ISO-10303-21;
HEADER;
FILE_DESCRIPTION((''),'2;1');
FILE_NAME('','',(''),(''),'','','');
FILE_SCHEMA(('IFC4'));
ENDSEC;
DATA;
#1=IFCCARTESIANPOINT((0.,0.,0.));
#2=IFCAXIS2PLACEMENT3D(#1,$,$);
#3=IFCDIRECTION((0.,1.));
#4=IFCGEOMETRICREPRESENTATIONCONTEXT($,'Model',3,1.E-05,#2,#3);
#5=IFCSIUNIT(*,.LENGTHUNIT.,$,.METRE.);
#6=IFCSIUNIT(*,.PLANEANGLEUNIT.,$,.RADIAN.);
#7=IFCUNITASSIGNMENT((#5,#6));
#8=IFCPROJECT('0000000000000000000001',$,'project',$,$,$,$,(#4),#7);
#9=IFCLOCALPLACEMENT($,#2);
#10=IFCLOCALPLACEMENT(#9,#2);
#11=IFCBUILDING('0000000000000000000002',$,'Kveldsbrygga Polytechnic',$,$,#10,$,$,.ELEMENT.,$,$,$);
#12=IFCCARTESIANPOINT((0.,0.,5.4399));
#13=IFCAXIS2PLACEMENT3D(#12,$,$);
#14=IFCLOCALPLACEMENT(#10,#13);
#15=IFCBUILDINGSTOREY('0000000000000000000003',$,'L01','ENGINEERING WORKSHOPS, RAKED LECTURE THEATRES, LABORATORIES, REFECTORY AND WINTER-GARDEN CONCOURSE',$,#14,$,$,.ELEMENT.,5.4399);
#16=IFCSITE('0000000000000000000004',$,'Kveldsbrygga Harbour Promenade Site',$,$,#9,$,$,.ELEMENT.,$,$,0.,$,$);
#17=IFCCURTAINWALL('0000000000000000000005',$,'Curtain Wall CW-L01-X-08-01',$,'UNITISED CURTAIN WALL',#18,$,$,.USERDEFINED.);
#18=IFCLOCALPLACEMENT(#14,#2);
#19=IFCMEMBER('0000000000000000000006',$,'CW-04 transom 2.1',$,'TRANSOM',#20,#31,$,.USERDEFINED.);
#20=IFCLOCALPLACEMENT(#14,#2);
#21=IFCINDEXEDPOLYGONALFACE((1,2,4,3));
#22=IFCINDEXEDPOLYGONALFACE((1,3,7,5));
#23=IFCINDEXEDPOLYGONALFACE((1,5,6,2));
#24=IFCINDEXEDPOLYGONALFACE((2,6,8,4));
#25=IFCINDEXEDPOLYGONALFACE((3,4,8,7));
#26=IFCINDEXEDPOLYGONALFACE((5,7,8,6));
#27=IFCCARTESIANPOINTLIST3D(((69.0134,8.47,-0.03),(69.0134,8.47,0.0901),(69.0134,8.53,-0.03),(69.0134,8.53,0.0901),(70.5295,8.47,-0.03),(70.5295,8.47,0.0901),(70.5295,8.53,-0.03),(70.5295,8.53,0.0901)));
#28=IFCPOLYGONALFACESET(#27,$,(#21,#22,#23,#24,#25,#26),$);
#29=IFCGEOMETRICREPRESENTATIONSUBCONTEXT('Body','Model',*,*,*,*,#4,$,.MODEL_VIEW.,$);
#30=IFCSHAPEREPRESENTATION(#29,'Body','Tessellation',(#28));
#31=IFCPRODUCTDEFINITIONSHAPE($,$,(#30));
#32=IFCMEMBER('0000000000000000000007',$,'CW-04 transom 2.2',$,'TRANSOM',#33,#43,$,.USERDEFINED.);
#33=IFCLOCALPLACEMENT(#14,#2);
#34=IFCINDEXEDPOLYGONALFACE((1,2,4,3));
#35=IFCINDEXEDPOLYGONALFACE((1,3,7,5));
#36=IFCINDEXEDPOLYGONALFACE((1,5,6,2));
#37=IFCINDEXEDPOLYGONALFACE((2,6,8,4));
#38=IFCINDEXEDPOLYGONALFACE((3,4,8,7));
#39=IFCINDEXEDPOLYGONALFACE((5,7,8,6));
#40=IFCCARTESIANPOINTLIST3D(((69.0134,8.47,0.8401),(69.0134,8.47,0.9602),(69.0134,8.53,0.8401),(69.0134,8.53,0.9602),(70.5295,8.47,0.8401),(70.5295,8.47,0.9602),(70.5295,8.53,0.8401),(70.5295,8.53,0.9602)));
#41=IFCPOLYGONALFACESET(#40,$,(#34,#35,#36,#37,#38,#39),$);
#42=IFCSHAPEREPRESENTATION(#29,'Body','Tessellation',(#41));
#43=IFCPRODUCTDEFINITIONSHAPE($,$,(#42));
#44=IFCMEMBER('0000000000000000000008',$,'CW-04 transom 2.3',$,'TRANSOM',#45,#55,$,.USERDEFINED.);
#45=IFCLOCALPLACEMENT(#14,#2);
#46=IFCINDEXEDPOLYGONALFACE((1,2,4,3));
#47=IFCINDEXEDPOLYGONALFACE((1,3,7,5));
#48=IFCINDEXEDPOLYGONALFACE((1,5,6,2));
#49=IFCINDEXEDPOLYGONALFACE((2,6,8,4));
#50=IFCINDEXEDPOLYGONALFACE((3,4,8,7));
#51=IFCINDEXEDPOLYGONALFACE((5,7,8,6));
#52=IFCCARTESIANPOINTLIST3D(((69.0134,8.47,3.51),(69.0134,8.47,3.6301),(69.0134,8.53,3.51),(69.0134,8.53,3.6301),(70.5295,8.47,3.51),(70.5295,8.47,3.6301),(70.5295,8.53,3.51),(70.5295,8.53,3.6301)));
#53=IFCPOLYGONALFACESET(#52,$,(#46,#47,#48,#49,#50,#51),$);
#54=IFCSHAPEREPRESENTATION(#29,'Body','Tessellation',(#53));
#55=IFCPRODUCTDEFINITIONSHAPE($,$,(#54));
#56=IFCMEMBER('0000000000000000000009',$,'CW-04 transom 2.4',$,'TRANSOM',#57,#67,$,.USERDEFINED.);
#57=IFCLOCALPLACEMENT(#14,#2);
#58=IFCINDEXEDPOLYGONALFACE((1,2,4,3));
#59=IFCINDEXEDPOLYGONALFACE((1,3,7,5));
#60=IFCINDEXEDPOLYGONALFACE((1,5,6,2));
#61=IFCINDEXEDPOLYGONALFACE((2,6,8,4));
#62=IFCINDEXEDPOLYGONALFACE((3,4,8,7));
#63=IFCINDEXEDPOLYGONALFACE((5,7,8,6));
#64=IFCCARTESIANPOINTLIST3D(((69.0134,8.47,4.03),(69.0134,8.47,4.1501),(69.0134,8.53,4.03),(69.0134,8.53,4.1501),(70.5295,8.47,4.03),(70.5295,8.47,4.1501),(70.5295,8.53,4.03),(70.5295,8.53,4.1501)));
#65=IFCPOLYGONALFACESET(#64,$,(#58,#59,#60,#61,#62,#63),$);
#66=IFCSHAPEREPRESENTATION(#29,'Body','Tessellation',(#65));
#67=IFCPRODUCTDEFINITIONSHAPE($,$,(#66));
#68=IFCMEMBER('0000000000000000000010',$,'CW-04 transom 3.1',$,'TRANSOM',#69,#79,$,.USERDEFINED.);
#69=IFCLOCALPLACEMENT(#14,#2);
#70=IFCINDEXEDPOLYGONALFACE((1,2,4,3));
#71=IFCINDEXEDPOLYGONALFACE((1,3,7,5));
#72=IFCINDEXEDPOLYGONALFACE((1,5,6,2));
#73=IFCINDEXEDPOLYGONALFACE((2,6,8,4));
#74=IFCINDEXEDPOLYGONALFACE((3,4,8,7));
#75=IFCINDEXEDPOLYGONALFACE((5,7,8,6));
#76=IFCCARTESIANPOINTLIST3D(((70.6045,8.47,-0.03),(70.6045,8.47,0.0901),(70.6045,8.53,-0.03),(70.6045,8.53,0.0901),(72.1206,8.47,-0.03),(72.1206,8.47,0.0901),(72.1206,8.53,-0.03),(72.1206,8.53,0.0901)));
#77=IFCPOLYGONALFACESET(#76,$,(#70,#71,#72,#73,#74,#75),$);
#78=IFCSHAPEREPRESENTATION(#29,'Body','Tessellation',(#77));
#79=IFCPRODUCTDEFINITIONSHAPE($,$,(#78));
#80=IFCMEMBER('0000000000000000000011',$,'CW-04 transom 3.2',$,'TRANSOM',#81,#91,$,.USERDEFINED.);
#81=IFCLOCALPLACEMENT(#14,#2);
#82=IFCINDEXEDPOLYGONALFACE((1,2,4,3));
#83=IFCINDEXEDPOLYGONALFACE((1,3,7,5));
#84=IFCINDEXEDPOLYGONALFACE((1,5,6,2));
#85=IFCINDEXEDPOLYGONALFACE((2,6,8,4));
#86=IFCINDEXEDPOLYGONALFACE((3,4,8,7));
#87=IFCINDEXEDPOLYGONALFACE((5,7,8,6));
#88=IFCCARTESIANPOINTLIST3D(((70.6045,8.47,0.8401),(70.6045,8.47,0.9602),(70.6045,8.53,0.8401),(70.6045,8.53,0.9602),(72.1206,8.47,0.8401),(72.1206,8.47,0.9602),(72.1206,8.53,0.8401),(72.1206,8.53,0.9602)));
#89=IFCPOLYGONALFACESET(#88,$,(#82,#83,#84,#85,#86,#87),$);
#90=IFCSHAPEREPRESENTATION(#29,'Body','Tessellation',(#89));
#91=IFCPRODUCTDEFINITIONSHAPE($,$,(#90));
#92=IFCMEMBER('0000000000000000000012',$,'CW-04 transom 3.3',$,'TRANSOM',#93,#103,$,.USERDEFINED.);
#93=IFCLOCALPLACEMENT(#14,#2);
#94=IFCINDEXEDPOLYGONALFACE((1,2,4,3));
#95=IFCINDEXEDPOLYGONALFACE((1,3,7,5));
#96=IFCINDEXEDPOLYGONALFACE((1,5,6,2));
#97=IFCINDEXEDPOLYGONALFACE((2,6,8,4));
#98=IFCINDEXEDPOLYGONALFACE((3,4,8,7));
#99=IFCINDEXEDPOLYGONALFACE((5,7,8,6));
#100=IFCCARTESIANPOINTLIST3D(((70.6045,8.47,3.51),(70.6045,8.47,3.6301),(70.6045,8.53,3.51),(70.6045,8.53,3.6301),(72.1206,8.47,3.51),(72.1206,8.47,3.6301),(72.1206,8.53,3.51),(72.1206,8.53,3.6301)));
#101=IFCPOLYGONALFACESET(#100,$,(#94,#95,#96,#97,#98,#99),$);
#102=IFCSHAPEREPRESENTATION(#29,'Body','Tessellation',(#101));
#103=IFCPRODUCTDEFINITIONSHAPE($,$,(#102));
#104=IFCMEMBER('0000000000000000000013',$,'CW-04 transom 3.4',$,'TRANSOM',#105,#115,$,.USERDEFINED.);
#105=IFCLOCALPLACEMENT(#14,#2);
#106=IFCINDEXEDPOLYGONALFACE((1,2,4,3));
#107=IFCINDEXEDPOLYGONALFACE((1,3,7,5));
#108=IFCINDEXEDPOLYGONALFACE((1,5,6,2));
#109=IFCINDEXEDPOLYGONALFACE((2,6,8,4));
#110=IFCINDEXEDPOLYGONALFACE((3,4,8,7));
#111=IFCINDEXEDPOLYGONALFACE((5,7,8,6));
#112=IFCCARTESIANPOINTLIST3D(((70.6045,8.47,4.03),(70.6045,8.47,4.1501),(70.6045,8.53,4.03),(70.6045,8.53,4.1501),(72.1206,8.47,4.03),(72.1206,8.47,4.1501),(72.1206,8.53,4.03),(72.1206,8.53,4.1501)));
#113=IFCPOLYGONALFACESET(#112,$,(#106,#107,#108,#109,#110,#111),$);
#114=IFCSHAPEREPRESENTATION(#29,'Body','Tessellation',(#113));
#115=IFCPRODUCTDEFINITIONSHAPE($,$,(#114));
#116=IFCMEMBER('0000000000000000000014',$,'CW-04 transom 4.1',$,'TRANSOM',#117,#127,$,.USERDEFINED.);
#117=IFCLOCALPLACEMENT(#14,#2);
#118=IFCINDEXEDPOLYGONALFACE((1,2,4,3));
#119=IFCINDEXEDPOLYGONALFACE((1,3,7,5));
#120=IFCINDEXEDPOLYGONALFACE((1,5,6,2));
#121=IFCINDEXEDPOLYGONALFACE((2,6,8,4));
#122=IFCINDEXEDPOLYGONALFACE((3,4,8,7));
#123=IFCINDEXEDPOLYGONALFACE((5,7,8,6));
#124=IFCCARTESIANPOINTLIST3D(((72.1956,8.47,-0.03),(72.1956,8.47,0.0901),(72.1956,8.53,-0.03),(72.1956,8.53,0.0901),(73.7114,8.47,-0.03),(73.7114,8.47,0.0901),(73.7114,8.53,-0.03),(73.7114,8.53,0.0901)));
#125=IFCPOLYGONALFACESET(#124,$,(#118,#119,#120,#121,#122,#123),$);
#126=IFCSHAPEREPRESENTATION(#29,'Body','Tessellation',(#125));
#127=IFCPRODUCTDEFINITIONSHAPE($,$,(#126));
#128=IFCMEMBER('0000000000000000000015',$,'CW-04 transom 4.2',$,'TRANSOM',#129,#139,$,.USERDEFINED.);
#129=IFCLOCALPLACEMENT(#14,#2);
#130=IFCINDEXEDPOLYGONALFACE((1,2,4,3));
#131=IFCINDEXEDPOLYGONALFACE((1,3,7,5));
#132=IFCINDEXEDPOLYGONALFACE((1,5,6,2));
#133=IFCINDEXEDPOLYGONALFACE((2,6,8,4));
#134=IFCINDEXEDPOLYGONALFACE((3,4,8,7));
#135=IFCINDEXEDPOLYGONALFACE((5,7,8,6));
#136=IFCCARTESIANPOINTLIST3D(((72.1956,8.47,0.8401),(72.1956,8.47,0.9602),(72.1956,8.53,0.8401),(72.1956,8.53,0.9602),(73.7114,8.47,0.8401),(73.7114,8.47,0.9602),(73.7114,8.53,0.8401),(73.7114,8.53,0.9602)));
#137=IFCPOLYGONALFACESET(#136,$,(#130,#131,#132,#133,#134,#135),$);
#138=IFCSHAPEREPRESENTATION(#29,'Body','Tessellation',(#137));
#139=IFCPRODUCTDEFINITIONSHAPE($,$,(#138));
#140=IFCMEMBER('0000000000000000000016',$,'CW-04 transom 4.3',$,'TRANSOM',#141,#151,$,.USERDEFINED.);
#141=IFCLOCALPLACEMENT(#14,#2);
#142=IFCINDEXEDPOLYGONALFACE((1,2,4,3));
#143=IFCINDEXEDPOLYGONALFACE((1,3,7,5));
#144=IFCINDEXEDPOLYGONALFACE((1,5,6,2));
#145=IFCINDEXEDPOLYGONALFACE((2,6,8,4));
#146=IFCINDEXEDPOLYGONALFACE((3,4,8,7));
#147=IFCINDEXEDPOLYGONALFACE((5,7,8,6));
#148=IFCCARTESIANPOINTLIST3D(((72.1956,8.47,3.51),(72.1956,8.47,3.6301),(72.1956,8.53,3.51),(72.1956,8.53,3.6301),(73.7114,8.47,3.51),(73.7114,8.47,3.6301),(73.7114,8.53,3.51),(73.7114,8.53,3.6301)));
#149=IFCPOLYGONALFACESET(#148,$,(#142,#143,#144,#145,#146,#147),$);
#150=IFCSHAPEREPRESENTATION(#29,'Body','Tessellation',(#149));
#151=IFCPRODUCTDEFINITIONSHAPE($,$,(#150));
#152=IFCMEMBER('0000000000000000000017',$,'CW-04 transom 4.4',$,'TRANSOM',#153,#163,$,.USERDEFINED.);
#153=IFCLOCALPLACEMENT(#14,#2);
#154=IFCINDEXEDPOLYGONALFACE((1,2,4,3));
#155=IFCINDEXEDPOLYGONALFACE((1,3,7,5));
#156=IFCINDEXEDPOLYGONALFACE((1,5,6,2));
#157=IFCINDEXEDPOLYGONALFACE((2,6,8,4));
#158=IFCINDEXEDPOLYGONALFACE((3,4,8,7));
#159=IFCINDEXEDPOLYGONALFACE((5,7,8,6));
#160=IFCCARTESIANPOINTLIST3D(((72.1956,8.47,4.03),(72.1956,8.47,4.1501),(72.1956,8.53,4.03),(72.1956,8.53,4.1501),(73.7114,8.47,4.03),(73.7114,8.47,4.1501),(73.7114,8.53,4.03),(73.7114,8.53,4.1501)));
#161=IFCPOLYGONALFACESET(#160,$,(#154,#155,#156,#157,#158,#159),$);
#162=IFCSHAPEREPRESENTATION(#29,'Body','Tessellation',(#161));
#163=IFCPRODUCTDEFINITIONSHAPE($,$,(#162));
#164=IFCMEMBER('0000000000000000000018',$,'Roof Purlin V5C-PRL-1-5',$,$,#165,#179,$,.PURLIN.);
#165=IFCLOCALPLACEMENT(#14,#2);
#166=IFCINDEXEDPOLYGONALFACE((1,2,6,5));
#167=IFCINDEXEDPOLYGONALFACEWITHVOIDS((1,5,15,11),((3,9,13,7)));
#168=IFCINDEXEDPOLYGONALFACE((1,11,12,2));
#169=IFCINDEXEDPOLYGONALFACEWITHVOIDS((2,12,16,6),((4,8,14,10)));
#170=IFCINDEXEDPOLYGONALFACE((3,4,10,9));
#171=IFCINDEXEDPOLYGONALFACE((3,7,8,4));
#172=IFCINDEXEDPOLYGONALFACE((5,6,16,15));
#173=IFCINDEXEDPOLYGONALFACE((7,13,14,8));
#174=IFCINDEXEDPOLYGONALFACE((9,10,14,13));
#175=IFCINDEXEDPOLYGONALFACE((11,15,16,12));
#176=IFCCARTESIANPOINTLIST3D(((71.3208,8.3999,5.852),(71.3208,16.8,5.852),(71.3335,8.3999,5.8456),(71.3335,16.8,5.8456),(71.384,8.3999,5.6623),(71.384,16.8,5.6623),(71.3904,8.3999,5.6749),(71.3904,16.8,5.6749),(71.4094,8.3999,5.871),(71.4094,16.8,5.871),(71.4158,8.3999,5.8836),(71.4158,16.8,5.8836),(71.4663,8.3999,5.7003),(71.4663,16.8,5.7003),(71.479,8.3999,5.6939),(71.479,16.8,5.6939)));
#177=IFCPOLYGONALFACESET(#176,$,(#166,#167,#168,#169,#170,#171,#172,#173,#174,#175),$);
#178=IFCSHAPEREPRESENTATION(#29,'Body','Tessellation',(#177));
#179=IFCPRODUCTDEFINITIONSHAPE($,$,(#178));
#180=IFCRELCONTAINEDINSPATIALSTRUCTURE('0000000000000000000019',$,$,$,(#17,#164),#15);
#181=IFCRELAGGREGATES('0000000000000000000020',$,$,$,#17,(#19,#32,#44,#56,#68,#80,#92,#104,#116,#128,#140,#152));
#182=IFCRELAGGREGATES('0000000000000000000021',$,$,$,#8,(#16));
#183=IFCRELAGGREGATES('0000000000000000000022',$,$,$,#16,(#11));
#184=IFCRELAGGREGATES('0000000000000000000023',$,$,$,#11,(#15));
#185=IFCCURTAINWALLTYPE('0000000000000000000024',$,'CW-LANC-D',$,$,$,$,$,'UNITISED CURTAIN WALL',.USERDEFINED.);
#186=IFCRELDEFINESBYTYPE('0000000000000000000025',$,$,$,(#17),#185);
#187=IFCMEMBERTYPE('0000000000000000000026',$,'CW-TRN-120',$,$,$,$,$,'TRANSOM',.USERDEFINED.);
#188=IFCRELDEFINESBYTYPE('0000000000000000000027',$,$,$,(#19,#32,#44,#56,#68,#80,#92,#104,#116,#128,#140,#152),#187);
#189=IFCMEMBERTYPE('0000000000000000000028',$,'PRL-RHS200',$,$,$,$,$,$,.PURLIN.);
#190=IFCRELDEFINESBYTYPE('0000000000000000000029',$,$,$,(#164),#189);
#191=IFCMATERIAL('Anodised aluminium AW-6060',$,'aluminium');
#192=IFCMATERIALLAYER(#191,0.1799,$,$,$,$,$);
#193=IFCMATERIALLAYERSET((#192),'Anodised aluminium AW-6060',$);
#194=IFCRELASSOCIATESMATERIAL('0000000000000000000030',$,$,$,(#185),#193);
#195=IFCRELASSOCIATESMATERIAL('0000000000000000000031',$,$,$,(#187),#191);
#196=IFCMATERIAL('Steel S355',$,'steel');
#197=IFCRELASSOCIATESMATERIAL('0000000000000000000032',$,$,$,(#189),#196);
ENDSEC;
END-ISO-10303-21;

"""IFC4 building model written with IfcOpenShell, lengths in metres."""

from ifc_helpers import new_model, si_unit, direction, frame, origin, origin_2d, place, context, subcontext, project, spatial, rectangle, hollow_rectangle, extrude, material, layer, layer_set, material_profile, profile_set, type_object, element, aggregate, save


model = new_model("IFC4")

# Units and contexts
model_context = context("Model", 3, precision=1e-05, world=origin(), true_north=direction((0.0, 1.0)))
body_context = subcontext(model_context, "Body", "Model", "MODEL_VIEW")
ifc_project = project(units=[si_unit("LENGTHUNIT", "METRE"), si_unit("PLANEANGLEUNIT", "RADIAN")], contexts=[model_context])

# Site, building, storey
site_placement = place(None, origin())
site = spatial("IfcSite", under=ifc_project, at=site_placement, Name="Kveldsbrygga Harbour Promenade Site", CompositionType="ELEMENT", RefElevation=0.0)
building_placement = place(site_placement, origin())
building = spatial("IfcBuilding", under=site, at=building_placement, Name="Kveldsbrygga Polytechnic", CompositionType="ELEMENT")
storey_placement = place(building_placement, frame((0.0, 0.0, 5.4399)))
storey = spatial("IfcBuildingStorey", under=building, at=storey_placement, Name="L01", Description="ENGINEERING WORKSHOPS, RAKED LECTURE THEATRES, LABORATORIES, REFECTORY AND WINTER-GARDEN CONCOURSE", CompositionType="ELEMENT", Elevation=5.4399)

# Shared definitions
ifc_material_1 = material(Name="Steel S355", Category="steel")

# Curtain wall, members
ifc_material_2 = material(Name="Anodised aluminium AW-6060", Category="aluminium")
ifc_layer_1 = layer(ifc_material_2, 0.1799)
ifc_layer_set_1 = layer_set([ifc_layer_1], Name="Anodised aluminium AW-6060")
curtain_wall_type = type_object("IfcCurtainWallType", Name="CW-LANC-D", ElementType="UNITISED CURTAIN WALL", PredefinedType="USERDEFINED", material=ifc_layer_set_1)
curtain_wall_placement = place(storey_placement, origin())
curtain_wall = element("IfcCurtainWall", 1, at=curtain_wall_placement, inside=storey, type_object=curtain_wall_type, Name="Curtain Wall CW-L01-X-08-01", ObjectType="UNITISED CURTAIN WALL", PredefinedType="USERDEFINED")
ifc_material_profile_1 = material_profile(ifc_material_2, rectangle(XDim=0.0601, YDim=0.1201, at=origin_2d()), Name="ALU 60x120")
ifc_profile_set_1 = profile_set([ifc_material_profile_1], Name="Anodised aluminium AW-6060")
member_type_1 = type_object("IfcMemberType", Name="CW-TRN-120", ElementType="TRANSOM", PredefinedType="USERDEFINED", material=ifc_profile_set_1)
member_1_placement = place(storey_placement, frame((69.0134, 8.5, 0.03), z_axis=(1.0, 0.0, 0.0), x_axis=(0.0, 1.0, 0.0)))
member_1 = element("IfcMember", 2, at=member_1_placement, type_object=member_type_1, Name="CW-04 transom 2.1", ObjectType="TRANSOM", PredefinedType="USERDEFINED", context=body_context, shape_type="SweptSolid", body=[
    extrude(rectangle(XDim=0.0601, YDim=0.1201, at=origin_2d()), origin(), (0.0, 0.0, 1.0), 1.5161),
])
member_2_placement = place(storey_placement, frame((69.0134, 8.5, 0.9001), z_axis=(1.0, 0.0, 0.0), x_axis=(0.0, 1.0, 0.0)))
member_2 = element("IfcMember", 3, at=member_2_placement, type_object=member_type_1, Name="CW-04 transom 2.2", ObjectType="TRANSOM", PredefinedType="USERDEFINED", context=body_context, shape_type="SweptSolid", body=[
    extrude(rectangle(XDim=0.0601, YDim=0.1201, at=origin_2d()), origin(), (0.0, 0.0, 1.0), 1.5161),
])
member_3_placement = place(storey_placement, frame((69.0134, 8.5, 3.5701), z_axis=(1.0, 0.0, 0.0), x_axis=(0.0, 1.0, 0.0)))
member_3 = element("IfcMember", 4, at=member_3_placement, type_object=member_type_1, Name="CW-04 transom 2.3", ObjectType="TRANSOM", PredefinedType="USERDEFINED", context=body_context, shape_type="SweptSolid", body=[
    extrude(rectangle(XDim=0.0601, YDim=0.1201, at=origin_2d()), origin(), (0.0, 0.0, 1.0), 1.5161),
])
member_4_placement = place(storey_placement, frame((69.0134, 8.5, 4.0901), z_axis=(1.0, 0.0, 0.0), x_axis=(0.0, 1.0, 0.0)))
member_4 = element("IfcMember", 5, at=member_4_placement, type_object=member_type_1, Name="CW-04 transom 2.4", ObjectType="TRANSOM", PredefinedType="USERDEFINED", context=body_context, shape_type="SweptSolid", body=[
    extrude(rectangle(XDim=0.0601, YDim=0.1201, at=origin_2d()), origin(), (0.0, 0.0, 1.0), 1.5161),
])
member_5_placement = place(storey_placement, frame((70.6045, 8.5, 0.03), z_axis=(1.0, 0.0, 0.0), x_axis=(0.0, 1.0, 0.0)))
member_5 = element("IfcMember", 6, at=member_5_placement, type_object=member_type_1, Name="CW-04 transom 3.1", ObjectType="TRANSOM", PredefinedType="USERDEFINED", context=body_context, shape_type="SweptSolid", body=[
    extrude(rectangle(XDim=0.0601, YDim=0.1201, at=origin_2d()), origin(), (0.0, 0.0, 1.0), 1.5161),
])
member_6_placement = place(storey_placement, frame((70.6045, 8.5, 0.9001), z_axis=(1.0, 0.0, 0.0), x_axis=(0.0, 1.0, 0.0)))
member_6 = element("IfcMember", 7, at=member_6_placement, type_object=member_type_1, Name="CW-04 transom 3.2", ObjectType="TRANSOM", PredefinedType="USERDEFINED", context=body_context, shape_type="SweptSolid", body=[
    extrude(rectangle(XDim=0.0601, YDim=0.1201, at=origin_2d()), origin(), (0.0, 0.0, 1.0), 1.5161),
])
member_7_placement = place(storey_placement, frame((70.6045, 8.5, 3.5701), z_axis=(1.0, 0.0, 0.0), x_axis=(0.0, 1.0, 0.0)))
member_7 = element("IfcMember", 8, at=member_7_placement, type_object=member_type_1, Name="CW-04 transom 3.3", ObjectType="TRANSOM", PredefinedType="USERDEFINED", context=body_context, shape_type="SweptSolid", body=[
    extrude(rectangle(XDim=0.0601, YDim=0.1201, at=origin_2d()), origin(), (0.0, 0.0, 1.0), 1.5161),
])
member_8_placement = place(storey_placement, frame((70.6045, 8.5, 4.0901), z_axis=(1.0, 0.0, 0.0), x_axis=(0.0, 1.0, 0.0)))
member_8 = element("IfcMember", 9, at=member_8_placement, type_object=member_type_1, Name="CW-04 transom 3.4", ObjectType="TRANSOM", PredefinedType="USERDEFINED", context=body_context, shape_type="SweptSolid", body=[
    extrude(rectangle(XDim=0.0601, YDim=0.1201, at=origin_2d()), origin(), (0.0, 0.0, 1.0), 1.5161),
])
member_9_placement = place(storey_placement, frame((72.1956, 8.5, 0.03), z_axis=(1.0, 0.0, 0.0), x_axis=(0.0, 1.0, 0.0)))
member_9 = element("IfcMember", 10, at=member_9_placement, type_object=member_type_1, Name="CW-04 transom 4.1", ObjectType="TRANSOM", PredefinedType="USERDEFINED", context=body_context, shape_type="SweptSolid", body=[
    extrude(rectangle(XDim=0.0601, YDim=0.1201, at=origin_2d()), origin(), (0.0, 0.0, 1.0), 1.5159),
])
member_10_placement = place(storey_placement, frame((72.1956, 8.5, 0.9001), z_axis=(1.0, 0.0, 0.0), x_axis=(0.0, 1.0, 0.0)))
member_10 = element("IfcMember", 11, at=member_10_placement, type_object=member_type_1, Name="CW-04 transom 4.2", ObjectType="TRANSOM", PredefinedType="USERDEFINED", context=body_context, shape_type="SweptSolid", body=[
    extrude(rectangle(XDim=0.0601, YDim=0.1201, at=origin_2d()), origin(), (0.0, 0.0, 1.0), 1.5159),
])
member_11_placement = place(storey_placement, frame((72.1956, 8.5, 3.5701), z_axis=(1.0, 0.0, 0.0), x_axis=(0.0, 1.0, 0.0)))
member_11 = element("IfcMember", 12, at=member_11_placement, type_object=member_type_1, Name="CW-04 transom 4.3", ObjectType="TRANSOM", PredefinedType="USERDEFINED", context=body_context, shape_type="SweptSolid", body=[
    extrude(rectangle(XDim=0.0601, YDim=0.1201, at=origin_2d()), origin(), (0.0, 0.0, 1.0), 1.5159),
])
member_12_placement = place(storey_placement, frame((72.1956, 8.5, 4.0901), z_axis=(1.0, 0.0, 0.0), x_axis=(0.0, 1.0, 0.0)))
member_12 = element("IfcMember", 13, at=member_12_placement, type_object=member_type_1, Name="CW-04 transom 4.4", ObjectType="TRANSOM", PredefinedType="USERDEFINED", context=body_context, shape_type="SweptSolid", body=[
    extrude(rectangle(XDim=0.0601, YDim=0.1201, at=origin_2d()), origin(), (0.0, 0.0, 1.0), 1.5159),
])

# Member
ifc_material_profile_2 = material_profile(ifc_material_1, hollow_rectangle(XDim=0.1001, YDim=0.2, WallThickness=0.01, at=origin_2d()), Name="RHS 200x100x10.0")
ifc_profile_set_2 = profile_set([ifc_material_profile_2], Name="Steel S355")
member_type_2 = type_object("IfcMemberType", Name="PRL-RHS200", PredefinedType="PURLIN", material=ifc_profile_set_2)
member_13_placement = place(storey_placement, frame((71.3999, 8.3999, 5.7729), z_axis=(0.0, 1.0, 0.0), x_axis=(-0.948684, 0.0, -0.316227)))
element("IfcMember", 14, at=member_13_placement, inside=storey, type_object=member_type_2, Name="Roof Purlin V5C-PRL-1-5", PredefinedType="PURLIN", context=body_context, shape_type="SweptSolid", body=[
    extrude(hollow_rectangle(XDim=0.1001, YDim=0.2, WallThickness=0.01, at=origin_2d()), origin(), (0.0, 0.0, 1.0), 8.4001),
])

aggregate(curtain_wall, [member_1, member_2, member_3, member_4, member_5, member_6, member_7, member_8, member_9, member_10, member_11, member_12])

save(model, "model.ifc")
